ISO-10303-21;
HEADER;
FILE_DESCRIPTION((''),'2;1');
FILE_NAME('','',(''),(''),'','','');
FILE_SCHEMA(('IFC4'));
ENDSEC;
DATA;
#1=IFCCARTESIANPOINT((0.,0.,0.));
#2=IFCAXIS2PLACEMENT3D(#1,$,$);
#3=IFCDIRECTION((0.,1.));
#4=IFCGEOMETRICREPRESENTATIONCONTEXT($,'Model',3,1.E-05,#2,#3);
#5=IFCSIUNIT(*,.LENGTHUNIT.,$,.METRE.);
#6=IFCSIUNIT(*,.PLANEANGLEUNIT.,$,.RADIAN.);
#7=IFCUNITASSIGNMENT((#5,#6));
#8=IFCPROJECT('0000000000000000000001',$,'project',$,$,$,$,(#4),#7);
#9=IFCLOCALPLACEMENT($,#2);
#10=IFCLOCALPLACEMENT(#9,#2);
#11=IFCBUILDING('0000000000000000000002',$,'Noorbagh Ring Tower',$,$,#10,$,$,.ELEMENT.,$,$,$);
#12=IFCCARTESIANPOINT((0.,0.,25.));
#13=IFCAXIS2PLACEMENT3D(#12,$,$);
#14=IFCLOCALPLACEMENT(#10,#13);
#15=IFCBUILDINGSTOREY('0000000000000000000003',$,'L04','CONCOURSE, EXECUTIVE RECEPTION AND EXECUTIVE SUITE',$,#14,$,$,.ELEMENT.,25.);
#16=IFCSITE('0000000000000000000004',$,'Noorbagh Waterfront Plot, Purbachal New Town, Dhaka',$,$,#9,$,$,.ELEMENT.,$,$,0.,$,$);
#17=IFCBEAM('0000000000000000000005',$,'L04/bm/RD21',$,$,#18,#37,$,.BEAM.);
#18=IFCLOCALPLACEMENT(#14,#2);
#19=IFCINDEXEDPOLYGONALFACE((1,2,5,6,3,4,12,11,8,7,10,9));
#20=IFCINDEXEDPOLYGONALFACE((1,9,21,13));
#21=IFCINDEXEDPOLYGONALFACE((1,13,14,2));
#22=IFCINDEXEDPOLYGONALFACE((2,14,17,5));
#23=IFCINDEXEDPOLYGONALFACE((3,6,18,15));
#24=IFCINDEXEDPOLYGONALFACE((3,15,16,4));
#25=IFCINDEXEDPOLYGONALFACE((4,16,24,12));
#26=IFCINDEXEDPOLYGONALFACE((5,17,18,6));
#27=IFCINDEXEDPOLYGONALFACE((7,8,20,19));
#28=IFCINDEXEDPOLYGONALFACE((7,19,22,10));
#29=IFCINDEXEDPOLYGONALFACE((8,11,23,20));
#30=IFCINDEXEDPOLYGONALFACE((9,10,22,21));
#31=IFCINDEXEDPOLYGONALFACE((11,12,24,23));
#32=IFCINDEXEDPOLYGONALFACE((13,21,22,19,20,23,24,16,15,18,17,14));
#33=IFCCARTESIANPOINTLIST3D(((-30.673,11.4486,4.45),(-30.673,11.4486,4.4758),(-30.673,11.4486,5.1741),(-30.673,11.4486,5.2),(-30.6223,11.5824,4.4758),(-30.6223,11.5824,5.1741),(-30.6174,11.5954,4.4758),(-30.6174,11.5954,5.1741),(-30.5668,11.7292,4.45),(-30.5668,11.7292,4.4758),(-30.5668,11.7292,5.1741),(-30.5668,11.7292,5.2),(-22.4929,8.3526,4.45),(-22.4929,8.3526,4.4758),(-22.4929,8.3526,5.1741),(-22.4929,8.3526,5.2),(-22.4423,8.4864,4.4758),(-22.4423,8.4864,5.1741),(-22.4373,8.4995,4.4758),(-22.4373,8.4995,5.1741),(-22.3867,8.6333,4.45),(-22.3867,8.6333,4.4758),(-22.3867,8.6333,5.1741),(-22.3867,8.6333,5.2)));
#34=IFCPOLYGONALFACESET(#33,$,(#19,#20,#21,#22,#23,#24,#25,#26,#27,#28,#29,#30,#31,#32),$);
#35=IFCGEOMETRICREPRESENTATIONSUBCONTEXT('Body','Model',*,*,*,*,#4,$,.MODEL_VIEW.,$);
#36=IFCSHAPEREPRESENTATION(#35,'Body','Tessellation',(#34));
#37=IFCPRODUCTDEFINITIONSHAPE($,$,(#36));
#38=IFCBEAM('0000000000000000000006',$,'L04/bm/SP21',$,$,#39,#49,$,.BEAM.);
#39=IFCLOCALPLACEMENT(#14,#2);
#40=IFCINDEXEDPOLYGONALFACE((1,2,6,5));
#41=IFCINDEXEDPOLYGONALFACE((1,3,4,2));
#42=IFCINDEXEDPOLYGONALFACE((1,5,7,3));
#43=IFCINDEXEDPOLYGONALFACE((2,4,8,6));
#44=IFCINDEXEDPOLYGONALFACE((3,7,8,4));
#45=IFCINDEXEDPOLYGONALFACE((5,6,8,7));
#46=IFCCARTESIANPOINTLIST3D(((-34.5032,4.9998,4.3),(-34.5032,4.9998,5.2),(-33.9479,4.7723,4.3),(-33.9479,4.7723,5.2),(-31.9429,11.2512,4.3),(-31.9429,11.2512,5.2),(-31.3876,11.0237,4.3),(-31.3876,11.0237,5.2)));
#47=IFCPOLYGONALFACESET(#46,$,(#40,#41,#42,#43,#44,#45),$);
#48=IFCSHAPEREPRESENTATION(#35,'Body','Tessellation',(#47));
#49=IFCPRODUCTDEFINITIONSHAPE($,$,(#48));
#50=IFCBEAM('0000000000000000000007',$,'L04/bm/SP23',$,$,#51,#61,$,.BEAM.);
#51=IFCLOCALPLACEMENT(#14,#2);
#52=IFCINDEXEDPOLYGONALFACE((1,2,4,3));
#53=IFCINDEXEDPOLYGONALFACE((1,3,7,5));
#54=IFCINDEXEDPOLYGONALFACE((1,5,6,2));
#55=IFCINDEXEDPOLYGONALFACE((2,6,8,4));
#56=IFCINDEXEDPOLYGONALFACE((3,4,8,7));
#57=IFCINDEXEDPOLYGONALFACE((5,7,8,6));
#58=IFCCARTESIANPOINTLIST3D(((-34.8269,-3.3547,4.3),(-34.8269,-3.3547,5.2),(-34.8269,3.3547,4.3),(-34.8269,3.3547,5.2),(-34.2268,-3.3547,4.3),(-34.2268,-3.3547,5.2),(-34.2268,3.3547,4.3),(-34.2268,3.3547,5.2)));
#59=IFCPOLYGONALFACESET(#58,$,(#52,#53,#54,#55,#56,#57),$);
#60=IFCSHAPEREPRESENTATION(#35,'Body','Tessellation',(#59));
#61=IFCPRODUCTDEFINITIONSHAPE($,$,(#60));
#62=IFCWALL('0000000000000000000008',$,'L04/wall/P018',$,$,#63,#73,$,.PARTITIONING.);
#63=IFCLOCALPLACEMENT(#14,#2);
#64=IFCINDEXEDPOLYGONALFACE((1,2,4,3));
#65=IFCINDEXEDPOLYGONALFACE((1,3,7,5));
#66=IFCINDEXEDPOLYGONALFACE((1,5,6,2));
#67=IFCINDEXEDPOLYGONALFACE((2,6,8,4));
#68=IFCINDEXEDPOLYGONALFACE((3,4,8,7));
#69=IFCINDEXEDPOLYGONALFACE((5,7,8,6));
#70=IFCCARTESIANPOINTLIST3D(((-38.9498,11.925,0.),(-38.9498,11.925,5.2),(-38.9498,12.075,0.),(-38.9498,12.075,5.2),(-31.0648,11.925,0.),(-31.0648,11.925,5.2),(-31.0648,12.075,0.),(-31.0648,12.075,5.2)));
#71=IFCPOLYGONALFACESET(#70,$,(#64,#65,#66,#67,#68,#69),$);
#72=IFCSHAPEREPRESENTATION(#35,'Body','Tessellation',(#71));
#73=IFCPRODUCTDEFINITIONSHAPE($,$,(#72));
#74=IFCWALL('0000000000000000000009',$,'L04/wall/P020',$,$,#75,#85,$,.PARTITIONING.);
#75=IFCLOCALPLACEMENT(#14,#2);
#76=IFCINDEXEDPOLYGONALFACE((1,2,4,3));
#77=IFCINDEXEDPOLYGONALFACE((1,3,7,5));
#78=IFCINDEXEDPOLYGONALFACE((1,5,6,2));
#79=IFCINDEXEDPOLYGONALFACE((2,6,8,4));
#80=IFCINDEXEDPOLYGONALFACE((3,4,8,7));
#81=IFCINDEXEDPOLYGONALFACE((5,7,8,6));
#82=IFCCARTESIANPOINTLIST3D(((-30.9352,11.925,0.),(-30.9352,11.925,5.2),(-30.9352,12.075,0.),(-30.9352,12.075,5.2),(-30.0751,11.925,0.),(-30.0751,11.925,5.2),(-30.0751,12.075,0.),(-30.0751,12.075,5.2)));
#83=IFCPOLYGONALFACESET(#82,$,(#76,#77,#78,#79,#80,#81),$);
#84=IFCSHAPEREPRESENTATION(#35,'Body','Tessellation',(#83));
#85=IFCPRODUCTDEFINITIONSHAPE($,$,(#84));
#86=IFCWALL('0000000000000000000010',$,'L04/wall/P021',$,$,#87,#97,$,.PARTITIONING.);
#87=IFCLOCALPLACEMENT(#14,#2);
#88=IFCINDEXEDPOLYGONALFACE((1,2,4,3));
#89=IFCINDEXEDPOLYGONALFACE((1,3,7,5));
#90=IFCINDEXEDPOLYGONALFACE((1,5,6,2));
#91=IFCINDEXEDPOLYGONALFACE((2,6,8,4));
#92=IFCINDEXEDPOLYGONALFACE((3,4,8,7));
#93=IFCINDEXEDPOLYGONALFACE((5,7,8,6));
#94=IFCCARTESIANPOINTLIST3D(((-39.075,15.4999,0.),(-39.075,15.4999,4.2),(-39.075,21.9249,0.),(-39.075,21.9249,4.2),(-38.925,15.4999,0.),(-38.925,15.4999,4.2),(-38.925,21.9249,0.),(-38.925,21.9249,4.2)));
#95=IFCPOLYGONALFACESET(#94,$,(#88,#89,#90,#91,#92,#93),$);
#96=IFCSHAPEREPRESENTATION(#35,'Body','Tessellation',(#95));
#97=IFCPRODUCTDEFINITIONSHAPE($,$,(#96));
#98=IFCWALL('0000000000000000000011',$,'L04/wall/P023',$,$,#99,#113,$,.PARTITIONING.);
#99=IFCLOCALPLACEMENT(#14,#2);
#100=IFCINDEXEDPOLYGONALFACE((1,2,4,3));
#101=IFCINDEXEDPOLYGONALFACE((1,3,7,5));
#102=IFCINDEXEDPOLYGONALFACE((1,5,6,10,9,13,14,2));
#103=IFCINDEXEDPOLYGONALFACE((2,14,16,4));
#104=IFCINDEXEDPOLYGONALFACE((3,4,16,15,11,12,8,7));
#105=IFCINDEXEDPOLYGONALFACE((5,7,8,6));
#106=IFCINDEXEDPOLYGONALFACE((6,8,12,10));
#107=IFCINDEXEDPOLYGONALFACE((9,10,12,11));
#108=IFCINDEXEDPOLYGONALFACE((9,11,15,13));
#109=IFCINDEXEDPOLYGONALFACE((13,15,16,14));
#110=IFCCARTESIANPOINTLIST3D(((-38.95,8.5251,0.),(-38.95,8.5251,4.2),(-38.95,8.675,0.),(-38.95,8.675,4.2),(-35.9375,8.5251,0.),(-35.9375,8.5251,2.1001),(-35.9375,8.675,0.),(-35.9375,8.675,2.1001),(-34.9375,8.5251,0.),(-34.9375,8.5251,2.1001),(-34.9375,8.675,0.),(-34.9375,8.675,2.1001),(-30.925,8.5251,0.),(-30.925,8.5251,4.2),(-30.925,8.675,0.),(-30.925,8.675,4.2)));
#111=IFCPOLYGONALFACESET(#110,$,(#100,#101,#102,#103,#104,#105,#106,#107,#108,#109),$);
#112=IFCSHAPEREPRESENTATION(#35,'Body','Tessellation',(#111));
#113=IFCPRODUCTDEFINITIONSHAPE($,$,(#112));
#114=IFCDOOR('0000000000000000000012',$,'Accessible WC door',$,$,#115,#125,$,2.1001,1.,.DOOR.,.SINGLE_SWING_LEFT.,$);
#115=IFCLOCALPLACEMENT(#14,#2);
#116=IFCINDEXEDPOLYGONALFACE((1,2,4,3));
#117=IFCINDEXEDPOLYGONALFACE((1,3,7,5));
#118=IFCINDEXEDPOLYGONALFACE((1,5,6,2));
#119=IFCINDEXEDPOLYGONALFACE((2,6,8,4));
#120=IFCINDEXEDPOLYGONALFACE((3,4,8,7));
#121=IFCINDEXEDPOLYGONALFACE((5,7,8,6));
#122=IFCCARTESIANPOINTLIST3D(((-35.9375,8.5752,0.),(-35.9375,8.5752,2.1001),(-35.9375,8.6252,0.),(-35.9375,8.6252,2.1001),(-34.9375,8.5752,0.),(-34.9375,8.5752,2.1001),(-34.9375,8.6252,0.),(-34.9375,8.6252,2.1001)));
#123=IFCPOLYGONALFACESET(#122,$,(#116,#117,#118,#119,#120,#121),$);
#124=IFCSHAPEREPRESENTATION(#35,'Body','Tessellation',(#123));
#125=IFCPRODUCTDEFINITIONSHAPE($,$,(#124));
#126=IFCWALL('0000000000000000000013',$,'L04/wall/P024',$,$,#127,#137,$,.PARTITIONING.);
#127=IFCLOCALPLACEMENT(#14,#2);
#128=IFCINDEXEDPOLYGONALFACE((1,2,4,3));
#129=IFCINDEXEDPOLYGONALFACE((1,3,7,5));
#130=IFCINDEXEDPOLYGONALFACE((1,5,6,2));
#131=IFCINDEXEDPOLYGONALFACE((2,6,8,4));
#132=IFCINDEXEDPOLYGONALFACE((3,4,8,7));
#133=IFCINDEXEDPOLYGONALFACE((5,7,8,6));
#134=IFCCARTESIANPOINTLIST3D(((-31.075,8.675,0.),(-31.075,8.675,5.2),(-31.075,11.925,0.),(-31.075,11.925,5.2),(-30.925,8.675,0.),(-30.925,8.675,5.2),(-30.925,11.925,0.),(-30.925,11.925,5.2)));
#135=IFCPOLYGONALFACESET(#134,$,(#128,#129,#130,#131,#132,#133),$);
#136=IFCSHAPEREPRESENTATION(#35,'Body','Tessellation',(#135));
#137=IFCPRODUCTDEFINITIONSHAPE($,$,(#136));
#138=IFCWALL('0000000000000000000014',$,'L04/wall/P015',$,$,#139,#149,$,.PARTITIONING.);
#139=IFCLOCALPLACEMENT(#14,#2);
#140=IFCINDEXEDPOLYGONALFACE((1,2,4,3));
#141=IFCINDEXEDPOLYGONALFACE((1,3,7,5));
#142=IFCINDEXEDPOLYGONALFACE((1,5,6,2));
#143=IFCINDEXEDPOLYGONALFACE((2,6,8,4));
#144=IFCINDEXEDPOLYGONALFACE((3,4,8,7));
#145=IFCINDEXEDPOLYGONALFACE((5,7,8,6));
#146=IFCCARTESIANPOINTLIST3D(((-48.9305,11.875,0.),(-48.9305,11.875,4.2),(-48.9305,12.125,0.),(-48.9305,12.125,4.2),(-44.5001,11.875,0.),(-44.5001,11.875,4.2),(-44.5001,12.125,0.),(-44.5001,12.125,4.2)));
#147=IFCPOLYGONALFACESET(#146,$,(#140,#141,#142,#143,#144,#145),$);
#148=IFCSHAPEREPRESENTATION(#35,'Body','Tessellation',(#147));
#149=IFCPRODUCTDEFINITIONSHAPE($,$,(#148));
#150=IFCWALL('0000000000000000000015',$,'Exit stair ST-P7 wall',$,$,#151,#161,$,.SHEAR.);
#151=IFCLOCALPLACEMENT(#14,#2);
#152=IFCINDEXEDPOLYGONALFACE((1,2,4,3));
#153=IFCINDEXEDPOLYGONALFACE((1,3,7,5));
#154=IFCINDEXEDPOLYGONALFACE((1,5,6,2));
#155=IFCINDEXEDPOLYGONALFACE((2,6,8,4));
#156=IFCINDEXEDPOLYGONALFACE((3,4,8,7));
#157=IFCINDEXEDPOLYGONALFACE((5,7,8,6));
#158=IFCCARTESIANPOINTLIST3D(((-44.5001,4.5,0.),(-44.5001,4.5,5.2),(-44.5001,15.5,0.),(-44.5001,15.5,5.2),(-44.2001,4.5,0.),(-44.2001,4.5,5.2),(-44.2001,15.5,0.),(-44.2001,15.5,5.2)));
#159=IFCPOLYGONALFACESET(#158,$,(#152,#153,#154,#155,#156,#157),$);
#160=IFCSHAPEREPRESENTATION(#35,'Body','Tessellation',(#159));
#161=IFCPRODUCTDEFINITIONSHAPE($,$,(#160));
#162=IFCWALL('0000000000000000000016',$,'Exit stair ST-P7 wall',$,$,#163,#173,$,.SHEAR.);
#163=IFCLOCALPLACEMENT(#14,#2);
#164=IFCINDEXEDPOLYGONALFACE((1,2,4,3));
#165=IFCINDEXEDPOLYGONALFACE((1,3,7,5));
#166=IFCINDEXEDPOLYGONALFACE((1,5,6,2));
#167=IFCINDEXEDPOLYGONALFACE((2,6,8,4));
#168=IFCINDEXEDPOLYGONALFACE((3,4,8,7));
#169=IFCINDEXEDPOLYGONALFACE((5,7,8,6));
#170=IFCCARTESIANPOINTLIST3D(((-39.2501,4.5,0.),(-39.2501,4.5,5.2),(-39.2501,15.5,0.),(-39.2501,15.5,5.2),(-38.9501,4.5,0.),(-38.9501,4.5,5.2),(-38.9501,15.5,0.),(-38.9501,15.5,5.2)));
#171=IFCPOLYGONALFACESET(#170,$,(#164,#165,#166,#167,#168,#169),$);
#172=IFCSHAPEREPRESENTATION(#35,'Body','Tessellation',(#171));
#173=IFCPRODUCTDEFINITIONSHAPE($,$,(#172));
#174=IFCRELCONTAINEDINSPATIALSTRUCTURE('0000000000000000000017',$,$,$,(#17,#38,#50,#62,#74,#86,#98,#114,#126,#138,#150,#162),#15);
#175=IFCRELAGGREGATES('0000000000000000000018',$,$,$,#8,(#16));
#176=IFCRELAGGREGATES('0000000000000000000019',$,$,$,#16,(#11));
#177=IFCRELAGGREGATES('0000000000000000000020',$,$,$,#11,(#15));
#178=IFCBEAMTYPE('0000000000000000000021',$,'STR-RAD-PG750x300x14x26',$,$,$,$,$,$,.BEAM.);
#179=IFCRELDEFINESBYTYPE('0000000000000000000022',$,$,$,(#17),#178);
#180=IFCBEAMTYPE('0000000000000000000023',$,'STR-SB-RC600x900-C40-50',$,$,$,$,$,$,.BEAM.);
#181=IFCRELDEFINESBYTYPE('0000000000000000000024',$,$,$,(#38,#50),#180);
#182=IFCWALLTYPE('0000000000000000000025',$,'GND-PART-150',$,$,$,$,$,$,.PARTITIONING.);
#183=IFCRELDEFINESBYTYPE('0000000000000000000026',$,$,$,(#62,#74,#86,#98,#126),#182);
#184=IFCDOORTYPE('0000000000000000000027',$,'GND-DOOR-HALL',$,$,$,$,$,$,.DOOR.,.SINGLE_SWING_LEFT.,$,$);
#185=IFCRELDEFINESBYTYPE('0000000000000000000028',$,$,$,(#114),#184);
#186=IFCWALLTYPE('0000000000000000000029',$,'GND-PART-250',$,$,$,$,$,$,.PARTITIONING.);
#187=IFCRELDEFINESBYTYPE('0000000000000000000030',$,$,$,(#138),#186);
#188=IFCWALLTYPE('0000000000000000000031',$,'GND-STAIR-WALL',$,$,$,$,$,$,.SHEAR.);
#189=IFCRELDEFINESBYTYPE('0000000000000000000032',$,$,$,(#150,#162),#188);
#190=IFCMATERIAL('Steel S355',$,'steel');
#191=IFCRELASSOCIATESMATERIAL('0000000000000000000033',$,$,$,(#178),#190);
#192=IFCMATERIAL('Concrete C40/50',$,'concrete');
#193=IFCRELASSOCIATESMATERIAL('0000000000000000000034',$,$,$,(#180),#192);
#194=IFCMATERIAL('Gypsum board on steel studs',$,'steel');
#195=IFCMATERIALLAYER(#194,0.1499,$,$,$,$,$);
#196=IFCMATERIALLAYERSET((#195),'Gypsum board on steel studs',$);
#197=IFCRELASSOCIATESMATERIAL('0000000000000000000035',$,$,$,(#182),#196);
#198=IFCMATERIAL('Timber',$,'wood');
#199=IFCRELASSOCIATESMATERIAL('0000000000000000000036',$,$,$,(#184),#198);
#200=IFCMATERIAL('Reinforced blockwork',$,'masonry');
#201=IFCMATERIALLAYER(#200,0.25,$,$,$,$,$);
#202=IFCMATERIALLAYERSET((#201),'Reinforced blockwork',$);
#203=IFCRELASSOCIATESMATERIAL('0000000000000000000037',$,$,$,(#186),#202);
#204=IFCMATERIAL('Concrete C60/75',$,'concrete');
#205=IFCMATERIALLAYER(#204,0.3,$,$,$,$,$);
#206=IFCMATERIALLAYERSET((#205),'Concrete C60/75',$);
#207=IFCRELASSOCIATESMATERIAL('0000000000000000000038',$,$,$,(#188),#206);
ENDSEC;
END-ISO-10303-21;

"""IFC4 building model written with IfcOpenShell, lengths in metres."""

from ifc_helpers import new_model, si_unit, direction, frame, frame_2d, origin, origin_2d, place, context, subcontext, project, spatial, rectangle, i_section, extrude, material, layer, layer_set, material_profile, profile_set, type_object, element, fill, save


model = new_model("IFC4")

# Units and contexts
model_context = context("Model", 3, precision=1e-05, world=origin(), true_north=direction((0.0, 1.0)))
body_context = subcontext(model_context, "Body", "Model", "MODEL_VIEW")
ifc_project = project(units=[si_unit("LENGTHUNIT", "METRE"), si_unit("PLANEANGLEUNIT", "RADIAN")], contexts=[model_context])

# Site, building, storey
site_placement = place(None, origin())
site = spatial("IfcSite", under=ifc_project, at=site_placement, Name="Noorbagh Waterfront Plot, Purbachal New Town, Dhaka", CompositionType="ELEMENT", RefElevation=0.0)
building_placement = place(site_placement, origin())
building = spatial("IfcBuilding", under=site, at=building_placement, Name="Noorbagh Ring Tower", CompositionType="ELEMENT")
storey_placement = place(building_placement, frame((0.0, 0.0, 25.0)))
storey = spatial("IfcBuildingStorey", under=building, at=storey_placement, Name="L04", Description="CONCOURSE, EXECUTIVE RECEPTION AND EXECUTIVE SUITE", CompositionType="ELEMENT", Elevation=25.0)

# Beams
ifc_material_1 = material(Name="Steel S355", Category="steel")
ifc_material_profile_1 = material_profile(ifc_material_1, i_section(OverallWidth=0.3, OverallDepth=0.75, WebThickness=0.0139, FlangeThickness=0.0259, at=origin_2d()), Name="PG750x300x14x26")
ifc_profile_set_1 = profile_set([ifc_material_profile_1], Name="Steel S355")
beam_type_1 = type_object("IfcBeamType", Name="STR-RAD-PG750x300x14x26", PredefinedType="BEAM", material=ifc_profile_set_1)
beam_1_placement = place(storey_placement, frame((-30.6199, 11.5889, 4.825), z_axis=(0.935258, -0.353967, 0.0), x_axis=(0.353967, 0.935258, 0.0)))
element("IfcBeam", 1, at=beam_1_placement, inside=storey, type_object=beam_type_1, Name="L04/bm/RD21", PredefinedType="BEAM", context=body_context, shape_type="SweptSolid", body=[
    extrude(i_section(OverallWidth=0.3, OverallDepth=0.75, WebThickness=0.0139, FlangeThickness=0.0259, at=origin_2d()), origin(), (0.0, 0.0, 1.0), 8.7463),
])
ifc_material_2 = material(Name="Concrete C40/50", Category="concrete")
ifc_material_profile_2 = material_profile(ifc_material_2, rectangle(XDim=0.6001, YDim=0.8999, at=origin_2d()), Name="RC600x900")
ifc_profile_set_2 = profile_set([ifc_material_profile_2], Name="Concrete C40/50")
beam_type_2 = type_object("IfcBeamType", Name="STR-SB-RC600x900-C40-50", PredefinedType="BEAM", material=ifc_profile_set_2)
beam_2_placement = place(storey_placement, frame((-31.6653, 11.1375, 4.75), z_axis=(-0.378999, -0.925397, 0.0), x_axis=(0.925397, -0.378999, 0.0)))
element("IfcBeam", 2, at=beam_2_placement, inside=storey, type_object=beam_type_2, Name="L04/bm/SP21", PredefinedType="BEAM", context=body_context, shape_type="SweptSolid", body=[
    extrude(rectangle(XDim=0.6001, YDim=0.8999, at=origin_2d()), origin(), (0.0, 0.0, 1.0), 6.7554),
])
beam_3_placement = place(storey_placement, frame((-34.5269, 3.3547, 4.75), z_axis=(0.0, -1.0, 0.0), x_axis=(1.0, 0.0, 0.0)))
element("IfcBeam", 3, at=beam_3_placement, inside=storey, type_object=beam_type_2, Name="L04/bm/SP23", PredefinedType="BEAM", context=body_context, shape_type="SweptSolid", body=[
    extrude(rectangle(XDim=0.6001, YDim=0.8999, at=origin_2d()), origin(), (0.0, 0.0, 1.0), 6.7095),
])

# Walls
ifc_material_3 = material(Name="Gypsum board on steel studs", Category="steel")
ifc_layer_1 = layer(ifc_material_3, 0.1499)
ifc_layer_set_1 = layer_set([ifc_layer_1], Name="Gypsum board on steel studs")
wall_type_1 = type_object("IfcWallType", Name="GND-PART-150", PredefinedType="PARTITIONING", material=ifc_layer_set_1)
wall_1_placement = place(storey_placement, frame((-31.0649, 12.0, 0.0), z_axis=(0.0, 0.0, 1.0), x_axis=(-1.0, 0.0, 0.0)))
element("IfcWall", 4, at=wall_1_placement, inside=storey, type_object=wall_type_1, Name="L04/wall/P018", PredefinedType="PARTITIONING", context=body_context, shape_type="SweptSolid", body=[
    extrude(rectangle(XDim=7.885, YDim=0.1499, at=frame_2d((3.9424, 0.0))), origin(), (0.0, 0.0, 1.0), 5.2),
])
wall_2_placement = place(storey_placement, frame((-30.075, 12.0, 0.0), z_axis=(0.0, 0.0, 1.0), x_axis=(-1.0, 0.0, 0.0)))
element("IfcWall", 5, at=wall_2_placement, inside=storey, type_object=wall_type_1, Name="L04/wall/P020", PredefinedType="PARTITIONING", context=body_context, shape_type="SweptSolid", body=[
    extrude(rectangle(XDim=0.8601, YDim=0.1499, at=frame_2d((0.4302, 0.0))), origin(), (0.0, 0.0, 1.0), 5.2),
])
wall_3_placement = place(storey_placement, frame((-39.0, 15.5, 0.0), z_axis=(0.0, 0.0, 1.0), x_axis=(0.0, 1.0, 0.0)))
element("IfcWall", 6, at=wall_3_placement, inside=storey, type_object=wall_type_1, Name="L04/wall/P021", PredefinedType="PARTITIONING", context=body_context, shape_type="SweptSolid", body=[
    extrude(rectangle(XDim=6.425, YDim=0.1499, at=frame_2d((3.2124, 0.0))), origin(), (0.0, 0.0, 1.0), 4.2),
])

# Wall, opening, door
wall_4_placement = place(storey_placement, frame((-30.925, 8.6001, 0.0), z_axis=(0.0, 0.0, 1.0), x_axis=(-1.0, 0.0, 0.0)))
wall_4 = element("IfcWall", 7, at=wall_4_placement, inside=storey, type_object=wall_type_1, Name="L04/wall/P023", PredefinedType="PARTITIONING", context=body_context, shape_type="SweptSolid", body=[
    extrude(rectangle(XDim=8.0249, YDim=0.1499, at=frame_2d((4.0125, 0.0))), origin(), (0.0, 0.0, 1.0), 4.2),
])
opening_1_placement = place(wall_4_placement, frame((4.0125, 0.0, 0.0)))
opening_1 = element("IfcOpeningElement", 8, at=opening_1_placement, cuts=wall_4, PredefinedType="OPENING", context=body_context, shape_type="SweptSolid", body=[
    extrude(rectangle(XDim=1.0, YDim=2.1001, at=frame_2d((0.5, 1.05))), frame((0.0, 0.085, 0.0), z_axis=(0.0, -1.0, 0.0), x_axis=(1.0, 0.0, 0.0)), (0.0, 0.0, 1.0), 0.1699),
])
ifc_material_4 = material(Name="Timber", Category="wood")
door_type_1 = type_object("IfcDoorType", Name="GND-DOOR-HALL", OperationType="SINGLE_SWING_LEFT", PredefinedType="DOOR", material=ifc_material_4)
door_1_placement = place(opening_1_placement, origin())
door_1 = element("IfcDoor", 9, at=door_1_placement, inside=storey, type_object=door_type_1, Name="Accessible WC door", OperationType="SINGLE_SWING_LEFT", OverallHeight=2.1001, OverallWidth=1.0, PredefinedType="DOOR", context=body_context, shape_type="SweptSolid", body=[
    extrude(rectangle(XDim=1.0, YDim=2.1001, at=frame_2d((0.5, 1.05))), frame((0.0, 0.0249, 0.0), z_axis=(0.0, -1.0, 0.0), x_axis=(1.0, 0.0, 0.0)), (0.0, 0.0, 1.0), 0.05),
])
fill(opening_1, door_1)

# Walls
wall_5_placement = place(storey_placement, frame((-31.0, 11.925, 0.0), z_axis=(0.0, 0.0, 1.0), x_axis=(0.0, -1.0, 0.0)))
element("IfcWall", 10, at=wall_5_placement, inside=storey, type_object=wall_type_1, Name="L04/wall/P024", PredefinedType="PARTITIONING", context=body_context, shape_type="SweptSolid", body=[
    extrude(rectangle(XDim=3.25, YDim=0.1499, at=frame_2d((1.625, 0.0))), origin(), (0.0, 0.0, 1.0), 5.2),
])
ifc_material_5 = material(Name="Reinforced blockwork", Category="masonry")
ifc_layer_2 = layer(ifc_material_5, 0.25)
ifc_layer_set_2 = layer_set([ifc_layer_2], Name="Reinforced blockwork")
wall_type_2 = type_object("IfcWallType", Name="GND-PART-250", PredefinedType="PARTITIONING", material=ifc_layer_set_2)
wall_6_placement = place(storey_placement, frame((-44.5, 12.0, 0.0), z_axis=(0.0, 0.0, 1.0), x_axis=(-1.0, 0.0, 0.0)))
element("IfcWall", 11, at=wall_6_placement, inside=storey, type_object=wall_type_2, Name="L04/wall/P015", PredefinedType="PARTITIONING", context=body_context, shape_type="SweptSolid", body=[
    extrude(rectangle(XDim=4.4304, YDim=0.25, at=frame_2d((2.2153, 0.0))), origin(), (0.0, 0.0, 1.0), 4.2),
])
ifc_material_6 = material(Name="Concrete C60/75", Category="concrete")
ifc_layer_3 = layer(ifc_material_6, 0.3)
ifc_layer_set_3 = layer_set([ifc_layer_3], Name="Concrete C60/75")
wall_type_3 = type_object("IfcWallType", Name="GND-STAIR-WALL", PredefinedType="SHEAR", material=ifc_layer_set_3)
for number, where, z_axis, x_axis, name in (
    (12, (-44.3501, 4.5, 0.0), (0.0, 0.0, 1.0), (0.0, 1.0, 0.0), "Exit stair ST-P7 wall"),
    (13, (-39.1001, 4.5, 0.0), (0.0, 0.0, 1.0), (0.0, 1.0, 0.0), "Exit stair ST-P7 wall"),
):
    element("IfcWall", number, at=place(storey_placement, frame(where, z_axis=z_axis, x_axis=x_axis)), inside=storey, type_object=wall_type_3, Name=name, PredefinedType="SHEAR", context=body_context, shape_type="SweptSolid", body=[
        extrude(rectangle(XDim=11.0, YDim=0.3, at=frame_2d((5.5, 0.0))), origin(), (0.0, 0.0, 1.0), 5.2),
    ])

save(model, "model.ifc")
